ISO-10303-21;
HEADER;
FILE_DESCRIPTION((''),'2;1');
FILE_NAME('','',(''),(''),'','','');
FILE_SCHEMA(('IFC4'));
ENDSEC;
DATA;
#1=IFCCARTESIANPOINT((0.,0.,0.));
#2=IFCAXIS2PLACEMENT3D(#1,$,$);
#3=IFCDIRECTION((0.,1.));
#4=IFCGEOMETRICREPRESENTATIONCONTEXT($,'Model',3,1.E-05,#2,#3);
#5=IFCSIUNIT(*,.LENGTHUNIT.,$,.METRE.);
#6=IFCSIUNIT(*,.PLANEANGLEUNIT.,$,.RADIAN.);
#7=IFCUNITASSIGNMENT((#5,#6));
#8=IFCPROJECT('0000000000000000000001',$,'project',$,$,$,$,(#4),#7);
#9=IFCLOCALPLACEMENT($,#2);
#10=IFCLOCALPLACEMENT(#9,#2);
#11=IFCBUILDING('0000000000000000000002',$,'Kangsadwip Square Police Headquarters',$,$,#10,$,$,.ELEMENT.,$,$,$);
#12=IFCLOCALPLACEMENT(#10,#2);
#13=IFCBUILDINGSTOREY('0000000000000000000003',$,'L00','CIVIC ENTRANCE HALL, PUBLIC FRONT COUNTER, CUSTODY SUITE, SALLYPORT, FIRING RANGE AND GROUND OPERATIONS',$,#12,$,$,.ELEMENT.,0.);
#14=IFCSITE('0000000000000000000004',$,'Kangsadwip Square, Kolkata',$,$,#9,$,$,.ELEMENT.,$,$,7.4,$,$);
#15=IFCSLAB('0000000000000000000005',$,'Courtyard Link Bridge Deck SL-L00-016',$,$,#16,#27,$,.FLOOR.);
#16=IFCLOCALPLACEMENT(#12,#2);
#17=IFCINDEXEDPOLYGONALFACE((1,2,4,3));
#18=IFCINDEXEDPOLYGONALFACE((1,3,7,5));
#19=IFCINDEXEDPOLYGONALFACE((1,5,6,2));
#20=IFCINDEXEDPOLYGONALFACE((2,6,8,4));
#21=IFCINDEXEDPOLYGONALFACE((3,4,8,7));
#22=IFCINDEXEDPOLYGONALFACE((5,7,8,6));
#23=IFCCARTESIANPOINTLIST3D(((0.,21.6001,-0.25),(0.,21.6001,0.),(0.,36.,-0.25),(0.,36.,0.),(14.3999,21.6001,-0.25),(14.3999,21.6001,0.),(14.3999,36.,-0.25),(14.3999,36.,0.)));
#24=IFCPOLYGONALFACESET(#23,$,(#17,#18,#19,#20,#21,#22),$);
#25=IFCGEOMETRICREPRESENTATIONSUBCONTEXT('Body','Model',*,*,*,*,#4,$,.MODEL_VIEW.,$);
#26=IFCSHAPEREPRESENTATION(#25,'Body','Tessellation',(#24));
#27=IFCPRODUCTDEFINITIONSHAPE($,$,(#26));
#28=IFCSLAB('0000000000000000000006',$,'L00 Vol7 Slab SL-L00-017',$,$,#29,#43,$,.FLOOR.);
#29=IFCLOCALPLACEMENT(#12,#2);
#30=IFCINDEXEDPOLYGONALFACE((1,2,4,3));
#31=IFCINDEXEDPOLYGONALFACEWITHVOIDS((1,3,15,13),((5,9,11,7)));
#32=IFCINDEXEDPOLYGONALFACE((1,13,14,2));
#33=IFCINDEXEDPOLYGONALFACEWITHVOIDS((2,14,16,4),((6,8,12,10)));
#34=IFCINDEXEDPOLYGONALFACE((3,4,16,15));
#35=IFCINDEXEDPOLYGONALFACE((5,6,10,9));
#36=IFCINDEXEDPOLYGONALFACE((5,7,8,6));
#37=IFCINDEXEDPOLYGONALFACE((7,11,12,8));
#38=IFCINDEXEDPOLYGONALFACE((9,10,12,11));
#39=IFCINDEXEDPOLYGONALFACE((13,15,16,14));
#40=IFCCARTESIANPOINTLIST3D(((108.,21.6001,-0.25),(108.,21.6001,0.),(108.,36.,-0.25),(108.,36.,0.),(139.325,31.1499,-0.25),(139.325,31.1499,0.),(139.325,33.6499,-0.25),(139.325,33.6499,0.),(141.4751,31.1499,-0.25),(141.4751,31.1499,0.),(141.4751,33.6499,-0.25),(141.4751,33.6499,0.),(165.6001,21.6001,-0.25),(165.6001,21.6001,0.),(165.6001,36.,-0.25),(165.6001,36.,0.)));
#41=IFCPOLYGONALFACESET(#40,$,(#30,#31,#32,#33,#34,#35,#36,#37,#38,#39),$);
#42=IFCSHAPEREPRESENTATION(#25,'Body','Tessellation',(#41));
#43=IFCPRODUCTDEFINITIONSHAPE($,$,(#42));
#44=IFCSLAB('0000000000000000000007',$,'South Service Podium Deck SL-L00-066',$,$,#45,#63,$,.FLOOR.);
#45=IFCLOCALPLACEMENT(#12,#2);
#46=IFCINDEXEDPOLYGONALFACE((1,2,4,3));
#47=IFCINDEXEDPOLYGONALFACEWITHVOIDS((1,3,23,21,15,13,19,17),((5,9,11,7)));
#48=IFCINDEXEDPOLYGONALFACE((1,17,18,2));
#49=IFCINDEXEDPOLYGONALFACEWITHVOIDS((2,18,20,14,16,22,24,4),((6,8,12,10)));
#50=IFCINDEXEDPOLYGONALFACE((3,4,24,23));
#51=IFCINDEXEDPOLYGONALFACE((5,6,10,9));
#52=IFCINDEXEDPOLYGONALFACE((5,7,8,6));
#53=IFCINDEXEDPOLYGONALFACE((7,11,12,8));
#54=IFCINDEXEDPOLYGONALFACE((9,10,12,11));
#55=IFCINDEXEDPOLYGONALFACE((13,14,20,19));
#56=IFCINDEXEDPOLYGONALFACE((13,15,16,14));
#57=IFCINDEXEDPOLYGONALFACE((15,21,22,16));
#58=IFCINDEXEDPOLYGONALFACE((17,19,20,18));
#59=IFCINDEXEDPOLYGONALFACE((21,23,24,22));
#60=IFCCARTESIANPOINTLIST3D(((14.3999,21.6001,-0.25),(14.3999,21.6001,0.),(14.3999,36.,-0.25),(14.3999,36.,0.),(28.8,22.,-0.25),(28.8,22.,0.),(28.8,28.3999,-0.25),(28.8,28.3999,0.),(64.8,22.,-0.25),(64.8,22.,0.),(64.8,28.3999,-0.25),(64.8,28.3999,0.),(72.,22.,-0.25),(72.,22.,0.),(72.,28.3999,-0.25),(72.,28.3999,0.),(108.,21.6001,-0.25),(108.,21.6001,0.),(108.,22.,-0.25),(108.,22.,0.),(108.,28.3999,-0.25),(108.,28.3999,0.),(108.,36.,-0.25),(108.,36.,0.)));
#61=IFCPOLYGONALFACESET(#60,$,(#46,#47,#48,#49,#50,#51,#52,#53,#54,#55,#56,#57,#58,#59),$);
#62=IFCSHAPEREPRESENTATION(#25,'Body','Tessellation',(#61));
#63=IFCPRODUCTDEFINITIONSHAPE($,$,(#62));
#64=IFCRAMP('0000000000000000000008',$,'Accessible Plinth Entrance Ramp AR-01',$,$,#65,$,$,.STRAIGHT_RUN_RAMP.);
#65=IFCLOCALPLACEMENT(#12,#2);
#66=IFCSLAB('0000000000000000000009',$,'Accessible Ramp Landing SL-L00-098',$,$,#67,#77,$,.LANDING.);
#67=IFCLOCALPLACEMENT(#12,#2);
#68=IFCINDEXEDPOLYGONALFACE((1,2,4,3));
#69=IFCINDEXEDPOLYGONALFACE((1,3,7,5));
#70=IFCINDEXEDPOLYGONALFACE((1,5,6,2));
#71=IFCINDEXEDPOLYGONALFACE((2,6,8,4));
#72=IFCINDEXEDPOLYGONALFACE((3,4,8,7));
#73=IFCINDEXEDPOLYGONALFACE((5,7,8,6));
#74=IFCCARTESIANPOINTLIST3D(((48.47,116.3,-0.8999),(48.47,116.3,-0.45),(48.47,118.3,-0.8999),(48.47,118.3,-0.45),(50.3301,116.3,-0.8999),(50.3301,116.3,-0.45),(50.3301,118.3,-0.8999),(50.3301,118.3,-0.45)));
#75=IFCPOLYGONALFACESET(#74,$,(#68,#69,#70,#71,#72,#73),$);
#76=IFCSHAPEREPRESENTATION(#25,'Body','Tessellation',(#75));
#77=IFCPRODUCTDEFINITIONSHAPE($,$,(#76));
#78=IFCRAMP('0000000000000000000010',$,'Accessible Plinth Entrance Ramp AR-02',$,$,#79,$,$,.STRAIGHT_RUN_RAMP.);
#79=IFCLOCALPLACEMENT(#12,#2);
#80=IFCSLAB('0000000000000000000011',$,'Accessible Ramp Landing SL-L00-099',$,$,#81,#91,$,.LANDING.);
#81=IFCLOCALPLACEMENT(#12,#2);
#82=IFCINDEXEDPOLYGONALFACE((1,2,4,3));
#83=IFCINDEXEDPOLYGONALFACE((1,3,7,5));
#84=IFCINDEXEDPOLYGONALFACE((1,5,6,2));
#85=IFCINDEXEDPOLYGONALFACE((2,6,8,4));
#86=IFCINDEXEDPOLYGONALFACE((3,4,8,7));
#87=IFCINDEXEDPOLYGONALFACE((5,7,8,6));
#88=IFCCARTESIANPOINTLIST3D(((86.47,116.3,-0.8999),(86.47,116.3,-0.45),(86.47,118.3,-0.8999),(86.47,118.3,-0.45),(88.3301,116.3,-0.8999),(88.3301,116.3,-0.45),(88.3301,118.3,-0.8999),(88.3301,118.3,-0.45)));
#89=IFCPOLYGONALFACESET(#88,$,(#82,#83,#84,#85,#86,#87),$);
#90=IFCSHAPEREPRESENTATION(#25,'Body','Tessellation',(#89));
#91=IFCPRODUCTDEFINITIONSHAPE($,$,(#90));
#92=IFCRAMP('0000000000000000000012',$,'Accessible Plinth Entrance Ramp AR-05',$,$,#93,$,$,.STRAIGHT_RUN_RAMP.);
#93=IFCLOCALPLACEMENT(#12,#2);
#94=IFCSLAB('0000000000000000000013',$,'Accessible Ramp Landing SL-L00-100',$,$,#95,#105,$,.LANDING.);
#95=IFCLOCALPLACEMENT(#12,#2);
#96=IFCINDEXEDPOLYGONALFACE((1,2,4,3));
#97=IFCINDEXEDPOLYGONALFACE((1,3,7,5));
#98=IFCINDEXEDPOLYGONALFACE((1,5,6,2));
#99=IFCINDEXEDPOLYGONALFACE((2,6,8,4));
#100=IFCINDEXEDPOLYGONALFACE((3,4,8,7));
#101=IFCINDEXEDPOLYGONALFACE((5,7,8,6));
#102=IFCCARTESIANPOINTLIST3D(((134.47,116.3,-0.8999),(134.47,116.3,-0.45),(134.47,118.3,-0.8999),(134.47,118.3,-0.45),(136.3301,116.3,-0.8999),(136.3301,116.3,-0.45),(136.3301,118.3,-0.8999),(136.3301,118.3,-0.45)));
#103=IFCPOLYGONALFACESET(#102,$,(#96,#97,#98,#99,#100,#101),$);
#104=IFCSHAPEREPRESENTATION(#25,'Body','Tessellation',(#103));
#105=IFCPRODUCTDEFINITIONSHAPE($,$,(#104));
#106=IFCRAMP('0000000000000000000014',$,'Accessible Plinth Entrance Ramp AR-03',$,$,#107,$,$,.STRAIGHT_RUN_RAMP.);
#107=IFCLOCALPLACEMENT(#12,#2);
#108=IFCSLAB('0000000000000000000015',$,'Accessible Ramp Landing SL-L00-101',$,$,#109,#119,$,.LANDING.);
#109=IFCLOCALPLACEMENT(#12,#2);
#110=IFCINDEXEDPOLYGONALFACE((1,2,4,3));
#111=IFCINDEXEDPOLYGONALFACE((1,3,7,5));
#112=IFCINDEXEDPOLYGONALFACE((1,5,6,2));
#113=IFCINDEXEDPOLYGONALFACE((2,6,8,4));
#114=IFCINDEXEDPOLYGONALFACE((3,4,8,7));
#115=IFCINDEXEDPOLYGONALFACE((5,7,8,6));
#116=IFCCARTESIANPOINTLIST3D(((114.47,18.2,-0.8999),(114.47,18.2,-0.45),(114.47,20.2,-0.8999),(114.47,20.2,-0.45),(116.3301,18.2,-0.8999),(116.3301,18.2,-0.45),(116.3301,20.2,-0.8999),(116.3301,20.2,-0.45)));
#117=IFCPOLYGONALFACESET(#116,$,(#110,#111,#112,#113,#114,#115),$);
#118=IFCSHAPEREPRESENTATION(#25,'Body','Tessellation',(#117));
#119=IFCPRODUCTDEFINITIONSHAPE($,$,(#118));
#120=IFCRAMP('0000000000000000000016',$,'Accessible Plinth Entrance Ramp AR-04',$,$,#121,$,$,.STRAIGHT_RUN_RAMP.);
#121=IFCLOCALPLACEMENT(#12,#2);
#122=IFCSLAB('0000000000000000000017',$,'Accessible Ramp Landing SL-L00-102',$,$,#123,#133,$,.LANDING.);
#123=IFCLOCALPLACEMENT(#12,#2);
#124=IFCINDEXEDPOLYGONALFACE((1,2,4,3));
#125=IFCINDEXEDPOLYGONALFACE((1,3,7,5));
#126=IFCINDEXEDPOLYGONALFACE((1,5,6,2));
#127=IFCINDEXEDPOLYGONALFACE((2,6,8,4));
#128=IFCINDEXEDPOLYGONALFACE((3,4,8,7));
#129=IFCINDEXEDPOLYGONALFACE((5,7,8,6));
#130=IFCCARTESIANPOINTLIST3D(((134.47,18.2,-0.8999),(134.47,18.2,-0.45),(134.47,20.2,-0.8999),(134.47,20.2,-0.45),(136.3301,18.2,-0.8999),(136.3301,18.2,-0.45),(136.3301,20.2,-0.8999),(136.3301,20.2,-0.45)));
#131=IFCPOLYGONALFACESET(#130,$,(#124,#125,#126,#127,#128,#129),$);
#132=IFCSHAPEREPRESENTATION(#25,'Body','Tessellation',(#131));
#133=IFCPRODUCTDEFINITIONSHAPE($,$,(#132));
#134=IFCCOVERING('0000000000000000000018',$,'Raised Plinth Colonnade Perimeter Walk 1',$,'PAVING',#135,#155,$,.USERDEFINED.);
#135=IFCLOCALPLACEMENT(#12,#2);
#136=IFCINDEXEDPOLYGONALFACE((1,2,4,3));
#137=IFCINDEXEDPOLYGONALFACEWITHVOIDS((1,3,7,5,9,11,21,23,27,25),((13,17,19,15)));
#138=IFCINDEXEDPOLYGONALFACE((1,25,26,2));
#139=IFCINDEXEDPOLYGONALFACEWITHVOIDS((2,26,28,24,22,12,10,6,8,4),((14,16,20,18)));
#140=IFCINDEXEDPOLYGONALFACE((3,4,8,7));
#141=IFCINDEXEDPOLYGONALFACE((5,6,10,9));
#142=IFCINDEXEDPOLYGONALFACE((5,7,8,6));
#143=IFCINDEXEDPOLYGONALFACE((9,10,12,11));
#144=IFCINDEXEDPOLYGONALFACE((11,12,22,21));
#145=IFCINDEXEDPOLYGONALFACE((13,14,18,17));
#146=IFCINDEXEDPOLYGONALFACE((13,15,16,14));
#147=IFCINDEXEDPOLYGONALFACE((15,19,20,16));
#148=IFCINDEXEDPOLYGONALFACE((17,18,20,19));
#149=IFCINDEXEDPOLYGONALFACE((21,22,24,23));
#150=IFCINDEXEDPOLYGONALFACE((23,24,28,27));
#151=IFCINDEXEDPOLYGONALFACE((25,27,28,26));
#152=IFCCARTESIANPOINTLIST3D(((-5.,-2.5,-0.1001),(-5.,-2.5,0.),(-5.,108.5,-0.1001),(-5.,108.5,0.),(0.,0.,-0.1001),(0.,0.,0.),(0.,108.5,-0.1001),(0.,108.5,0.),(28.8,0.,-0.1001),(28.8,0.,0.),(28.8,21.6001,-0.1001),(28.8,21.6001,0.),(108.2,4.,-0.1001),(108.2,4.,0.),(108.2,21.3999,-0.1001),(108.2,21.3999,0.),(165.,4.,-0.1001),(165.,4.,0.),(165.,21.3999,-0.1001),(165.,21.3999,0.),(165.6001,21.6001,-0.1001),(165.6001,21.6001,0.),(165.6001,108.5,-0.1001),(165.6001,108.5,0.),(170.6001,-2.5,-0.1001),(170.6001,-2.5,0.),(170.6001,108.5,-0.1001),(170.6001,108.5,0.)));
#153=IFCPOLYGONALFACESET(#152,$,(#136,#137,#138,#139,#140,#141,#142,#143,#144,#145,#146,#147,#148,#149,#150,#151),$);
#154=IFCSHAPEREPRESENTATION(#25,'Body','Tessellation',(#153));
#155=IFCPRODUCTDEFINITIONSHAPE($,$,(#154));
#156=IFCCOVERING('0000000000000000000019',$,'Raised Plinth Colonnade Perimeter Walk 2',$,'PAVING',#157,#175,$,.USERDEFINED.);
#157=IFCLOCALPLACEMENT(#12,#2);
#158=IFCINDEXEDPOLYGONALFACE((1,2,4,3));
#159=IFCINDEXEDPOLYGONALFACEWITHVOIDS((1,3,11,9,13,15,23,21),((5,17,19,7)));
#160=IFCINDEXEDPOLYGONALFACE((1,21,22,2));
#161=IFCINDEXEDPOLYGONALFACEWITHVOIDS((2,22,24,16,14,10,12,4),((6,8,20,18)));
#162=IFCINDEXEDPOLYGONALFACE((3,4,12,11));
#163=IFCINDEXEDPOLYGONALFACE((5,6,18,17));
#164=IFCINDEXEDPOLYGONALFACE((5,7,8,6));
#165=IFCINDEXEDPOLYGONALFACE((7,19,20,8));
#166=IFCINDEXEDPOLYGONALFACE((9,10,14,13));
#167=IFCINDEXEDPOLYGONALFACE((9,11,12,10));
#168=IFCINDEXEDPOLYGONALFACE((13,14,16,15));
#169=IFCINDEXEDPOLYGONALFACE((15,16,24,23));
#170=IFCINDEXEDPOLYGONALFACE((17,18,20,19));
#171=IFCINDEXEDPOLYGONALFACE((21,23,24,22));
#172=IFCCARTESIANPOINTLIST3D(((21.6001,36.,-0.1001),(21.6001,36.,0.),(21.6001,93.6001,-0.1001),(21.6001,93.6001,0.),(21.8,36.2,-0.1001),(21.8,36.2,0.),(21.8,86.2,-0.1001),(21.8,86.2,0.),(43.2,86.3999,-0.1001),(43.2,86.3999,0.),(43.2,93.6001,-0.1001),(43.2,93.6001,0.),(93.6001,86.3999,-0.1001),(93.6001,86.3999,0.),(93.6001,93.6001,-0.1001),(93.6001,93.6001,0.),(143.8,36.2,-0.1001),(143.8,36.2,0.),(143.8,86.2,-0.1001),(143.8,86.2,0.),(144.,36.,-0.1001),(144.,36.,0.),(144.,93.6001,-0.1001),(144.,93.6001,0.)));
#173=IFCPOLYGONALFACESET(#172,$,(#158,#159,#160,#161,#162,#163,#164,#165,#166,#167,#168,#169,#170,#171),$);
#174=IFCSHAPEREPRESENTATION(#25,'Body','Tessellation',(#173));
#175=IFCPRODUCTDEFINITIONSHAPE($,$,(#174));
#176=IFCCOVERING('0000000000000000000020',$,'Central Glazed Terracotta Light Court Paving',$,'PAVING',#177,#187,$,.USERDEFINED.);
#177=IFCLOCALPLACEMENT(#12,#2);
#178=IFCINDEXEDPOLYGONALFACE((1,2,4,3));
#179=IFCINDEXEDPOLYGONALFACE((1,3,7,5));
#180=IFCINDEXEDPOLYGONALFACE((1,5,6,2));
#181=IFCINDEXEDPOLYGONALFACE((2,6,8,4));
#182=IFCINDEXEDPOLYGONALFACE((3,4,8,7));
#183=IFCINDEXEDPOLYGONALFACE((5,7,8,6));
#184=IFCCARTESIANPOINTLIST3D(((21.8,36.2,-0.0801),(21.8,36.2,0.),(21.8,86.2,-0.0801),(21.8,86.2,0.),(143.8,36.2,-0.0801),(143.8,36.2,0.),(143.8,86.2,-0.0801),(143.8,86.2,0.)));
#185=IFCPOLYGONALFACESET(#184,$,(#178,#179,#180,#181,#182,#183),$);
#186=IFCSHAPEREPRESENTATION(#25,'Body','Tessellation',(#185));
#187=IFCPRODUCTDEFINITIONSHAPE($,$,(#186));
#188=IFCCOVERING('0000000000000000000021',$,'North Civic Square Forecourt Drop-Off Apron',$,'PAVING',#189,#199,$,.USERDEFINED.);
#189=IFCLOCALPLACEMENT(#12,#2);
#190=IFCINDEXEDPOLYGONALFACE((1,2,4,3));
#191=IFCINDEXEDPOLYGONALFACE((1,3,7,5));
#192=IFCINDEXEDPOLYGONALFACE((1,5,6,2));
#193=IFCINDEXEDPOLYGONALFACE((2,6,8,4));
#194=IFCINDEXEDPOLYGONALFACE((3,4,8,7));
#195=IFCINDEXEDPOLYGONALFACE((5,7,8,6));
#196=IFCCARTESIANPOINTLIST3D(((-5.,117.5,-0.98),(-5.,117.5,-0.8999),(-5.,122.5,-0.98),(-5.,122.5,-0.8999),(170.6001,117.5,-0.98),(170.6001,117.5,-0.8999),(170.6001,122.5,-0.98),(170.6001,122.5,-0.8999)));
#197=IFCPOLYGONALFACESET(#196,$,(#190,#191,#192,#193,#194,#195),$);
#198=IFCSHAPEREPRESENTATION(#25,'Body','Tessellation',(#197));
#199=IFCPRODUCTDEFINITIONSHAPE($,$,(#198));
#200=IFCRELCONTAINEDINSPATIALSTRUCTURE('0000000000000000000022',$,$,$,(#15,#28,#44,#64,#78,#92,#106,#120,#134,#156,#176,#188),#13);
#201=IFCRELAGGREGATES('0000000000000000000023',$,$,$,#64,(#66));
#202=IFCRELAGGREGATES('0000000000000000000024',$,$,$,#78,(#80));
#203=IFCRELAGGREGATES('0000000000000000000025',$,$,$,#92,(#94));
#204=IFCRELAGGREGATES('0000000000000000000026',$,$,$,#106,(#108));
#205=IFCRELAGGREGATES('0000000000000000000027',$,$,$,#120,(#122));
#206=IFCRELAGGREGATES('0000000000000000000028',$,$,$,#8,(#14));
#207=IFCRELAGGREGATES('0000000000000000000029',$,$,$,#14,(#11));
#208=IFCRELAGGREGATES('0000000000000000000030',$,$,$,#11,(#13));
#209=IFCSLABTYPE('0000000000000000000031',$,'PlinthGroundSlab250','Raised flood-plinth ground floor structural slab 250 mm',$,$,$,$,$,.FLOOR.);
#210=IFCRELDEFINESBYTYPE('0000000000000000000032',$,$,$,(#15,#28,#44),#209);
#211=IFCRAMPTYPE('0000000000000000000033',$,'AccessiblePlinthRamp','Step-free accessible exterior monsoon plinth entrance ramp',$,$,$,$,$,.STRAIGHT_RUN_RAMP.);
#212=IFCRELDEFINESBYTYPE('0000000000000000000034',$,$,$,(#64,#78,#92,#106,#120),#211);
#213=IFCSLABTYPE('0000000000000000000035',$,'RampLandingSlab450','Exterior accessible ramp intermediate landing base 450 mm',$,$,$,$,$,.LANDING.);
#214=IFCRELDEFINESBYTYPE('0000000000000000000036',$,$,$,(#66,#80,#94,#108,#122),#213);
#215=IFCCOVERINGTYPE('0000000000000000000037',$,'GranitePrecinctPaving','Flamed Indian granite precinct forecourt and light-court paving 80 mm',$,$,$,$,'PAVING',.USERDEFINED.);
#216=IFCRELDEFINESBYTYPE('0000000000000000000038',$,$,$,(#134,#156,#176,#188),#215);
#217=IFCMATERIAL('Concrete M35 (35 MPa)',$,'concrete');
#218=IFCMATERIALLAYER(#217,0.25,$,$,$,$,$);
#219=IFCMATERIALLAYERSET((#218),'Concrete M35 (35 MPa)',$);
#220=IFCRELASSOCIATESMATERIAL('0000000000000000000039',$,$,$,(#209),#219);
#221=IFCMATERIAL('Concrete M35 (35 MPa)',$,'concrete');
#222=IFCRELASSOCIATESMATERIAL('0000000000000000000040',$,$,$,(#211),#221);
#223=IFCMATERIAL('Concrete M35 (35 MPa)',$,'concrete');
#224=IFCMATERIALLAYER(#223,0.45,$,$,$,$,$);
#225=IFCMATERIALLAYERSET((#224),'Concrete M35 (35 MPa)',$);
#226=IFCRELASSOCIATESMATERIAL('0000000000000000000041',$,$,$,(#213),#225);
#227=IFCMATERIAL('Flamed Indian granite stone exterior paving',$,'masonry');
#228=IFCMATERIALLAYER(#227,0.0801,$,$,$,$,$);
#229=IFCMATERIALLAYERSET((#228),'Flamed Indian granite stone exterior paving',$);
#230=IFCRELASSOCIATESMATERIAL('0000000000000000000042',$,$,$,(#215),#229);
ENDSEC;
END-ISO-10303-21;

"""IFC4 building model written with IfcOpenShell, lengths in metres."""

from ifc_helpers import new_model, si_unit, direction, frame, origin, place, context, subcontext, project, spatial, polyline, outline, extrude, material, layer, layer_set, type_object, element, aggregate, save


model = new_model("IFC4")

# Units and contexts
model_context = context("Model", 3, precision=1e-05, world=origin(), true_north=direction((0.0, 1.0)))
body_context = subcontext(model_context, "Body", "Model", "MODEL_VIEW")
ifc_project = project(units=[si_unit("LENGTHUNIT", "METRE"), si_unit("PLANEANGLEUNIT", "RADIAN")], contexts=[model_context])

# Site, building, storey
site_placement = place(None, origin())
site = spatial("IfcSite", under=ifc_project, at=site_placement, Name="Kangsadwip Square, Kolkata", CompositionType="ELEMENT", RefElevation=7.4)
building_placement = place(site_placement, origin())
building = spatial("IfcBuilding", under=site, at=building_placement, Name="Kangsadwip Square Police Headquarters", CompositionType="ELEMENT")
storey_placement = place(building_placement, origin())
storey = spatial("IfcBuildingStorey", under=building, at=storey_placement, Name="L00", Description="CIVIC ENTRANCE HALL, PUBLIC FRONT COUNTER, CUSTODY SUITE, SALLYPORT, FIRING RANGE AND GROUND OPERATIONS", CompositionType="ELEMENT", Elevation=0.0)

# Slabs
ifc_material_1 = material(Name="Concrete M35 (35 MPa)", Category="concrete")
ifc_layer_1 = layer(ifc_material_1, 0.25)
ifc_layer_set_1 = layer_set([ifc_layer_1], Name="Concrete M35 (35 MPa)")
slab_type_1 = type_object("IfcSlabType", Name="PlinthGroundSlab250", Description="Raised flood-plinth ground floor structural slab 250 mm", PredefinedType="FLOOR", material=ifc_layer_set_1)
slab_1_placement = place(storey_placement, frame((0.0, 0.0, -0.25)))
element("IfcSlab", 1, at=slab_1_placement, inside=storey, type_object=slab_type_1, Name="Courtyard Link Bridge Deck SL-L00-016", PredefinedType="FLOOR", context=body_context, shape_type="SweptSolid", body=[
    extrude(outline(polyline([(0.0, 21.6001), (0.0, 36.0), (14.3999, 36.0), (14.3999, 21.6001), (0.0, 21.6001)])), origin(), (0.0, 0.0, 1.0), 0.25),
])
slab_2_placement = place(storey_placement, frame((0.0, 0.0, -0.25)))
element("IfcSlab", 2, at=slab_2_placement, inside=storey, type_object=slab_type_1, Name="L00 Vol7 Slab SL-L00-017", PredefinedType="FLOOR", context=body_context, shape_type="SweptSolid", body=[
    extrude(outline(polyline([(108.0, 21.6001), (108.0, 36.0), (165.6001, 36.0), (165.6001, 21.6001), (108.0, 21.6001)]), holes=[polyline([(141.4751, 33.6499), (139.325, 33.6499), (139.325, 31.1499), (141.4751, 31.1499), (141.4751, 33.6499)])]), origin(), (0.0, 0.0, 1.0), 0.25),
])
slab_3_placement = place(storey_placement, frame((0.0, 0.0, -0.25)))
element("IfcSlab", 3, at=slab_3_placement, inside=storey, type_object=slab_type_1, Name="South Service Podium Deck SL-L00-066", PredefinedType="FLOOR", context=body_context, shape_type="SweptSolid", body=[
    extrude(outline(polyline([(108.0, 21.6001), (14.3999, 21.6001), (14.3999, 36.0), (108.0, 36.0), (108.0, 28.3999), (72.0, 28.3999), (72.0, 22.0), (108.0, 22.0), (108.0, 21.6001)]), holes=[polyline([(64.8, 22.0), (64.8, 28.3999), (28.8, 28.3999), (28.8, 22.0), (64.8, 22.0)])]), origin(), (0.0, 0.0, 1.0), 0.25),
])

# Ramps, slabs
ifc_material_2 = material(Name="Concrete M35 (35 MPa)", Category="concrete")
ramp_type = type_object("IfcRampType", Name="AccessiblePlinthRamp", Description="Step-free accessible exterior monsoon plinth entrance ramp", PredefinedType="STRAIGHT_RUN_RAMP", material=ifc_material_2)
ramp_1_placement = place(storey_placement, origin())
ramp_1 = element("IfcRamp", 4, at=ramp_1_placement, inside=storey, type_object=ramp_type, Name="Accessible Plinth Entrance Ramp AR-01", PredefinedType="STRAIGHT_RUN_RAMP")
ifc_material_3 = material(Name="Concrete M35 (35 MPa)", Category="concrete")
ifc_layer_2 = layer(ifc_material_3, 0.45)
ifc_layer_set_2 = layer_set([ifc_layer_2], Name="Concrete M35 (35 MPa)")
slab_type_2 = type_object("IfcSlabType", Name="RampLandingSlab450", Description="Exterior accessible ramp intermediate landing base 450 mm", PredefinedType="LANDING", material=ifc_layer_set_2)
slab_4_placement = place(storey_placement, frame((0.0, 0.0, -0.8999)))
slab_4 = element("IfcSlab", 5, at=slab_4_placement, type_object=slab_type_2, Name="Accessible Ramp Landing SL-L00-098", PredefinedType="LANDING", context=body_context, shape_type="SweptSolid", body=[
    extrude(outline(polyline([(48.47, 116.3), (50.3301, 116.3), (50.3301, 118.3), (48.47, 118.3), (48.47, 116.3)])), origin(), (0.0, 0.0, 1.0), 0.45),
])
aggregate(ramp_1, [slab_4])
ramp_2_placement = place(storey_placement, origin())
ramp_2 = element("IfcRamp", 6, at=ramp_2_placement, inside=storey, type_object=ramp_type, Name="Accessible Plinth Entrance Ramp AR-02", PredefinedType="STRAIGHT_RUN_RAMP")
slab_5_placement = place(storey_placement, frame((0.0, 0.0, -0.8999)))
slab_5 = element("IfcSlab", 7, at=slab_5_placement, type_object=slab_type_2, Name="Accessible Ramp Landing SL-L00-099", PredefinedType="LANDING", context=body_context, shape_type="SweptSolid", body=[
    extrude(outline(polyline([(86.47, 116.3), (88.3301, 116.3), (88.3301, 118.3), (86.47, 118.3), (86.47, 116.3)])), origin(), (0.0, 0.0, 1.0), 0.45),
])
aggregate(ramp_2, [slab_5])
ramp_3_placement = place(storey_placement, origin())
ramp_3 = element("IfcRamp", 8, at=ramp_3_placement, inside=storey, type_object=ramp_type, Name="Accessible Plinth Entrance Ramp AR-05", PredefinedType="STRAIGHT_RUN_RAMP")
slab_6_placement = place(storey_placement, frame((0.0, 0.0, -0.8999)))
slab_6 = element("IfcSlab", 9, at=slab_6_placement, type_object=slab_type_2, Name="Accessible Ramp Landing SL-L00-100", PredefinedType="LANDING", context=body_context, shape_type="SweptSolid", body=[
    extrude(outline(polyline([(134.47, 116.3), (136.3301, 116.3), (136.3301, 118.3), (134.47, 118.3), (134.47, 116.3)])), origin(), (0.0, 0.0, 1.0), 0.45),
])
aggregate(ramp_3, [slab_6])
ramp_4_placement = place(storey_placement, origin())
ramp_4 = element("IfcRamp", 10, at=ramp_4_placement, inside=storey, type_object=ramp_type, Name="Accessible Plinth Entrance Ramp AR-03", PredefinedType="STRAIGHT_RUN_RAMP")
slab_7_placement = place(storey_placement, frame((0.0, 0.0, -0.8999)))
slab_7 = element("IfcSlab", 11, at=slab_7_placement, type_object=slab_type_2, Name="Accessible Ramp Landing SL-L00-101", PredefinedType="LANDING", context=body_context, shape_type="SweptSolid", body=[
    extrude(outline(polyline([(114.47, 18.2), (116.3301, 18.2), (116.3301, 20.2), (114.47, 20.2), (114.47, 18.2)])), origin(), (0.0, 0.0, 1.0), 0.45),
])
aggregate(ramp_4, [slab_7])
ramp_5_placement = place(storey_placement, origin())
ramp_5 = element("IfcRamp", 12, at=ramp_5_placement, inside=storey, type_object=ramp_type, Name="Accessible Plinth Entrance Ramp AR-04", PredefinedType="STRAIGHT_RUN_RAMP")
slab_8_placement = place(storey_placement, frame((0.0, 0.0, -0.8999)))
slab_8 = element("IfcSlab", 13, at=slab_8_placement, type_object=slab_type_2, Name="Accessible Ramp Landing SL-L00-102", PredefinedType="LANDING", context=body_context, shape_type="SweptSolid", body=[
    extrude(outline(polyline([(134.47, 18.2), (136.3301, 18.2), (136.3301, 20.2), (134.47, 20.2), (134.47, 18.2)])), origin(), (0.0, 0.0, 1.0), 0.45),
])
aggregate(ramp_5, [slab_8])

# Coverings
ifc_material_4 = material(Name="Flamed Indian granite stone exterior paving", Category="masonry")
ifc_layer_3 = layer(ifc_material_4, 0.0801)
ifc_layer_set_3 = layer_set([ifc_layer_3], Name="Flamed Indian granite stone exterior paving")
covering_type = type_object("IfcCoveringType", Name="GranitePrecinctPaving", Description="Flamed Indian granite precinct forecourt and light-court paving 80 mm", ElementType="PAVING", PredefinedType="USERDEFINED", material=ifc_layer_set_3)
covering_1_placement = place(storey_placement, frame((0.0, 0.0, -0.1001)))
element("IfcCovering", 14, at=covering_1_placement, inside=storey, type_object=covering_type, Name="Raised Plinth Colonnade Perimeter Walk 1", ObjectType="PAVING", PredefinedType="USERDEFINED", context=body_context, shape_type="SweptSolid", body=[
    extrude(outline(polyline([(170.6001, -2.5), (-5.0, -2.5), (-5.0, 108.5), (0.0, 108.5), (0.0, 0.0), (28.8, 0.0), (28.8, 21.6001), (165.6001, 21.6001), (165.6001, 108.5), (170.6001, 108.5), (170.6001, -2.5)]), holes=[polyline([(108.2, 4.0), (165.0, 4.0), (165.0, 21.3999), (108.2, 21.3999), (108.2, 4.0)])]), origin(), (0.0, 0.0, 1.0), 0.1001),
])
covering_2_placement = place(storey_placement, frame((0.0, 0.0, -0.1001)))
element("IfcCovering", 15, at=covering_2_placement, inside=storey, type_object=covering_type, Name="Raised Plinth Colonnade Perimeter Walk 2", ObjectType="PAVING", PredefinedType="USERDEFINED", context=body_context, shape_type="SweptSolid", body=[
    extrude(outline(polyline([(144.0, 36.0), (21.6001, 36.0), (21.6001, 93.6001), (43.2, 93.6001), (43.2, 86.3999), (93.6001, 86.3999), (93.6001, 93.6001), (144.0, 93.6001), (144.0, 36.0)]), holes=[polyline([(21.8, 86.2), (21.8, 36.2), (143.8, 36.2), (143.8, 86.2), (21.8, 86.2)])]), origin(), (0.0, 0.0, 1.0), 0.1001),
])
covering_3_placement = place(storey_placement, frame((0.0, 0.0, -0.0801)))
element("IfcCovering", 16, at=covering_3_placement, inside=storey, type_object=covering_type, Name="Central Glazed Terracotta Light Court Paving", ObjectType="PAVING", PredefinedType="USERDEFINED", context=body_context, shape_type="SweptSolid", body=[
    extrude(outline(polyline([(21.8, 36.2), (143.8, 36.2), (143.8, 86.2), (21.8, 86.2), (21.8, 36.2)])), origin(), (0.0, 0.0, 1.0), 0.0801),
])
covering_4_placement = place(storey_placement, frame((0.0, 0.0, -0.98)))
element("IfcCovering", 17, at=covering_4_placement, inside=storey, type_object=covering_type, Name="North Civic Square Forecourt Drop-Off Apron", ObjectType="PAVING", PredefinedType="USERDEFINED", context=body_context, shape_type="SweptSolid", body=[
    extrude(outline(polyline([(-5.0, 117.5), (170.6001, 117.5), (170.6001, 122.5), (-5.0, 122.5), (-5.0, 117.5)])), origin(), (0.0, 0.0, 1.0), 0.0801),
])

save(model, "model.ifc")
